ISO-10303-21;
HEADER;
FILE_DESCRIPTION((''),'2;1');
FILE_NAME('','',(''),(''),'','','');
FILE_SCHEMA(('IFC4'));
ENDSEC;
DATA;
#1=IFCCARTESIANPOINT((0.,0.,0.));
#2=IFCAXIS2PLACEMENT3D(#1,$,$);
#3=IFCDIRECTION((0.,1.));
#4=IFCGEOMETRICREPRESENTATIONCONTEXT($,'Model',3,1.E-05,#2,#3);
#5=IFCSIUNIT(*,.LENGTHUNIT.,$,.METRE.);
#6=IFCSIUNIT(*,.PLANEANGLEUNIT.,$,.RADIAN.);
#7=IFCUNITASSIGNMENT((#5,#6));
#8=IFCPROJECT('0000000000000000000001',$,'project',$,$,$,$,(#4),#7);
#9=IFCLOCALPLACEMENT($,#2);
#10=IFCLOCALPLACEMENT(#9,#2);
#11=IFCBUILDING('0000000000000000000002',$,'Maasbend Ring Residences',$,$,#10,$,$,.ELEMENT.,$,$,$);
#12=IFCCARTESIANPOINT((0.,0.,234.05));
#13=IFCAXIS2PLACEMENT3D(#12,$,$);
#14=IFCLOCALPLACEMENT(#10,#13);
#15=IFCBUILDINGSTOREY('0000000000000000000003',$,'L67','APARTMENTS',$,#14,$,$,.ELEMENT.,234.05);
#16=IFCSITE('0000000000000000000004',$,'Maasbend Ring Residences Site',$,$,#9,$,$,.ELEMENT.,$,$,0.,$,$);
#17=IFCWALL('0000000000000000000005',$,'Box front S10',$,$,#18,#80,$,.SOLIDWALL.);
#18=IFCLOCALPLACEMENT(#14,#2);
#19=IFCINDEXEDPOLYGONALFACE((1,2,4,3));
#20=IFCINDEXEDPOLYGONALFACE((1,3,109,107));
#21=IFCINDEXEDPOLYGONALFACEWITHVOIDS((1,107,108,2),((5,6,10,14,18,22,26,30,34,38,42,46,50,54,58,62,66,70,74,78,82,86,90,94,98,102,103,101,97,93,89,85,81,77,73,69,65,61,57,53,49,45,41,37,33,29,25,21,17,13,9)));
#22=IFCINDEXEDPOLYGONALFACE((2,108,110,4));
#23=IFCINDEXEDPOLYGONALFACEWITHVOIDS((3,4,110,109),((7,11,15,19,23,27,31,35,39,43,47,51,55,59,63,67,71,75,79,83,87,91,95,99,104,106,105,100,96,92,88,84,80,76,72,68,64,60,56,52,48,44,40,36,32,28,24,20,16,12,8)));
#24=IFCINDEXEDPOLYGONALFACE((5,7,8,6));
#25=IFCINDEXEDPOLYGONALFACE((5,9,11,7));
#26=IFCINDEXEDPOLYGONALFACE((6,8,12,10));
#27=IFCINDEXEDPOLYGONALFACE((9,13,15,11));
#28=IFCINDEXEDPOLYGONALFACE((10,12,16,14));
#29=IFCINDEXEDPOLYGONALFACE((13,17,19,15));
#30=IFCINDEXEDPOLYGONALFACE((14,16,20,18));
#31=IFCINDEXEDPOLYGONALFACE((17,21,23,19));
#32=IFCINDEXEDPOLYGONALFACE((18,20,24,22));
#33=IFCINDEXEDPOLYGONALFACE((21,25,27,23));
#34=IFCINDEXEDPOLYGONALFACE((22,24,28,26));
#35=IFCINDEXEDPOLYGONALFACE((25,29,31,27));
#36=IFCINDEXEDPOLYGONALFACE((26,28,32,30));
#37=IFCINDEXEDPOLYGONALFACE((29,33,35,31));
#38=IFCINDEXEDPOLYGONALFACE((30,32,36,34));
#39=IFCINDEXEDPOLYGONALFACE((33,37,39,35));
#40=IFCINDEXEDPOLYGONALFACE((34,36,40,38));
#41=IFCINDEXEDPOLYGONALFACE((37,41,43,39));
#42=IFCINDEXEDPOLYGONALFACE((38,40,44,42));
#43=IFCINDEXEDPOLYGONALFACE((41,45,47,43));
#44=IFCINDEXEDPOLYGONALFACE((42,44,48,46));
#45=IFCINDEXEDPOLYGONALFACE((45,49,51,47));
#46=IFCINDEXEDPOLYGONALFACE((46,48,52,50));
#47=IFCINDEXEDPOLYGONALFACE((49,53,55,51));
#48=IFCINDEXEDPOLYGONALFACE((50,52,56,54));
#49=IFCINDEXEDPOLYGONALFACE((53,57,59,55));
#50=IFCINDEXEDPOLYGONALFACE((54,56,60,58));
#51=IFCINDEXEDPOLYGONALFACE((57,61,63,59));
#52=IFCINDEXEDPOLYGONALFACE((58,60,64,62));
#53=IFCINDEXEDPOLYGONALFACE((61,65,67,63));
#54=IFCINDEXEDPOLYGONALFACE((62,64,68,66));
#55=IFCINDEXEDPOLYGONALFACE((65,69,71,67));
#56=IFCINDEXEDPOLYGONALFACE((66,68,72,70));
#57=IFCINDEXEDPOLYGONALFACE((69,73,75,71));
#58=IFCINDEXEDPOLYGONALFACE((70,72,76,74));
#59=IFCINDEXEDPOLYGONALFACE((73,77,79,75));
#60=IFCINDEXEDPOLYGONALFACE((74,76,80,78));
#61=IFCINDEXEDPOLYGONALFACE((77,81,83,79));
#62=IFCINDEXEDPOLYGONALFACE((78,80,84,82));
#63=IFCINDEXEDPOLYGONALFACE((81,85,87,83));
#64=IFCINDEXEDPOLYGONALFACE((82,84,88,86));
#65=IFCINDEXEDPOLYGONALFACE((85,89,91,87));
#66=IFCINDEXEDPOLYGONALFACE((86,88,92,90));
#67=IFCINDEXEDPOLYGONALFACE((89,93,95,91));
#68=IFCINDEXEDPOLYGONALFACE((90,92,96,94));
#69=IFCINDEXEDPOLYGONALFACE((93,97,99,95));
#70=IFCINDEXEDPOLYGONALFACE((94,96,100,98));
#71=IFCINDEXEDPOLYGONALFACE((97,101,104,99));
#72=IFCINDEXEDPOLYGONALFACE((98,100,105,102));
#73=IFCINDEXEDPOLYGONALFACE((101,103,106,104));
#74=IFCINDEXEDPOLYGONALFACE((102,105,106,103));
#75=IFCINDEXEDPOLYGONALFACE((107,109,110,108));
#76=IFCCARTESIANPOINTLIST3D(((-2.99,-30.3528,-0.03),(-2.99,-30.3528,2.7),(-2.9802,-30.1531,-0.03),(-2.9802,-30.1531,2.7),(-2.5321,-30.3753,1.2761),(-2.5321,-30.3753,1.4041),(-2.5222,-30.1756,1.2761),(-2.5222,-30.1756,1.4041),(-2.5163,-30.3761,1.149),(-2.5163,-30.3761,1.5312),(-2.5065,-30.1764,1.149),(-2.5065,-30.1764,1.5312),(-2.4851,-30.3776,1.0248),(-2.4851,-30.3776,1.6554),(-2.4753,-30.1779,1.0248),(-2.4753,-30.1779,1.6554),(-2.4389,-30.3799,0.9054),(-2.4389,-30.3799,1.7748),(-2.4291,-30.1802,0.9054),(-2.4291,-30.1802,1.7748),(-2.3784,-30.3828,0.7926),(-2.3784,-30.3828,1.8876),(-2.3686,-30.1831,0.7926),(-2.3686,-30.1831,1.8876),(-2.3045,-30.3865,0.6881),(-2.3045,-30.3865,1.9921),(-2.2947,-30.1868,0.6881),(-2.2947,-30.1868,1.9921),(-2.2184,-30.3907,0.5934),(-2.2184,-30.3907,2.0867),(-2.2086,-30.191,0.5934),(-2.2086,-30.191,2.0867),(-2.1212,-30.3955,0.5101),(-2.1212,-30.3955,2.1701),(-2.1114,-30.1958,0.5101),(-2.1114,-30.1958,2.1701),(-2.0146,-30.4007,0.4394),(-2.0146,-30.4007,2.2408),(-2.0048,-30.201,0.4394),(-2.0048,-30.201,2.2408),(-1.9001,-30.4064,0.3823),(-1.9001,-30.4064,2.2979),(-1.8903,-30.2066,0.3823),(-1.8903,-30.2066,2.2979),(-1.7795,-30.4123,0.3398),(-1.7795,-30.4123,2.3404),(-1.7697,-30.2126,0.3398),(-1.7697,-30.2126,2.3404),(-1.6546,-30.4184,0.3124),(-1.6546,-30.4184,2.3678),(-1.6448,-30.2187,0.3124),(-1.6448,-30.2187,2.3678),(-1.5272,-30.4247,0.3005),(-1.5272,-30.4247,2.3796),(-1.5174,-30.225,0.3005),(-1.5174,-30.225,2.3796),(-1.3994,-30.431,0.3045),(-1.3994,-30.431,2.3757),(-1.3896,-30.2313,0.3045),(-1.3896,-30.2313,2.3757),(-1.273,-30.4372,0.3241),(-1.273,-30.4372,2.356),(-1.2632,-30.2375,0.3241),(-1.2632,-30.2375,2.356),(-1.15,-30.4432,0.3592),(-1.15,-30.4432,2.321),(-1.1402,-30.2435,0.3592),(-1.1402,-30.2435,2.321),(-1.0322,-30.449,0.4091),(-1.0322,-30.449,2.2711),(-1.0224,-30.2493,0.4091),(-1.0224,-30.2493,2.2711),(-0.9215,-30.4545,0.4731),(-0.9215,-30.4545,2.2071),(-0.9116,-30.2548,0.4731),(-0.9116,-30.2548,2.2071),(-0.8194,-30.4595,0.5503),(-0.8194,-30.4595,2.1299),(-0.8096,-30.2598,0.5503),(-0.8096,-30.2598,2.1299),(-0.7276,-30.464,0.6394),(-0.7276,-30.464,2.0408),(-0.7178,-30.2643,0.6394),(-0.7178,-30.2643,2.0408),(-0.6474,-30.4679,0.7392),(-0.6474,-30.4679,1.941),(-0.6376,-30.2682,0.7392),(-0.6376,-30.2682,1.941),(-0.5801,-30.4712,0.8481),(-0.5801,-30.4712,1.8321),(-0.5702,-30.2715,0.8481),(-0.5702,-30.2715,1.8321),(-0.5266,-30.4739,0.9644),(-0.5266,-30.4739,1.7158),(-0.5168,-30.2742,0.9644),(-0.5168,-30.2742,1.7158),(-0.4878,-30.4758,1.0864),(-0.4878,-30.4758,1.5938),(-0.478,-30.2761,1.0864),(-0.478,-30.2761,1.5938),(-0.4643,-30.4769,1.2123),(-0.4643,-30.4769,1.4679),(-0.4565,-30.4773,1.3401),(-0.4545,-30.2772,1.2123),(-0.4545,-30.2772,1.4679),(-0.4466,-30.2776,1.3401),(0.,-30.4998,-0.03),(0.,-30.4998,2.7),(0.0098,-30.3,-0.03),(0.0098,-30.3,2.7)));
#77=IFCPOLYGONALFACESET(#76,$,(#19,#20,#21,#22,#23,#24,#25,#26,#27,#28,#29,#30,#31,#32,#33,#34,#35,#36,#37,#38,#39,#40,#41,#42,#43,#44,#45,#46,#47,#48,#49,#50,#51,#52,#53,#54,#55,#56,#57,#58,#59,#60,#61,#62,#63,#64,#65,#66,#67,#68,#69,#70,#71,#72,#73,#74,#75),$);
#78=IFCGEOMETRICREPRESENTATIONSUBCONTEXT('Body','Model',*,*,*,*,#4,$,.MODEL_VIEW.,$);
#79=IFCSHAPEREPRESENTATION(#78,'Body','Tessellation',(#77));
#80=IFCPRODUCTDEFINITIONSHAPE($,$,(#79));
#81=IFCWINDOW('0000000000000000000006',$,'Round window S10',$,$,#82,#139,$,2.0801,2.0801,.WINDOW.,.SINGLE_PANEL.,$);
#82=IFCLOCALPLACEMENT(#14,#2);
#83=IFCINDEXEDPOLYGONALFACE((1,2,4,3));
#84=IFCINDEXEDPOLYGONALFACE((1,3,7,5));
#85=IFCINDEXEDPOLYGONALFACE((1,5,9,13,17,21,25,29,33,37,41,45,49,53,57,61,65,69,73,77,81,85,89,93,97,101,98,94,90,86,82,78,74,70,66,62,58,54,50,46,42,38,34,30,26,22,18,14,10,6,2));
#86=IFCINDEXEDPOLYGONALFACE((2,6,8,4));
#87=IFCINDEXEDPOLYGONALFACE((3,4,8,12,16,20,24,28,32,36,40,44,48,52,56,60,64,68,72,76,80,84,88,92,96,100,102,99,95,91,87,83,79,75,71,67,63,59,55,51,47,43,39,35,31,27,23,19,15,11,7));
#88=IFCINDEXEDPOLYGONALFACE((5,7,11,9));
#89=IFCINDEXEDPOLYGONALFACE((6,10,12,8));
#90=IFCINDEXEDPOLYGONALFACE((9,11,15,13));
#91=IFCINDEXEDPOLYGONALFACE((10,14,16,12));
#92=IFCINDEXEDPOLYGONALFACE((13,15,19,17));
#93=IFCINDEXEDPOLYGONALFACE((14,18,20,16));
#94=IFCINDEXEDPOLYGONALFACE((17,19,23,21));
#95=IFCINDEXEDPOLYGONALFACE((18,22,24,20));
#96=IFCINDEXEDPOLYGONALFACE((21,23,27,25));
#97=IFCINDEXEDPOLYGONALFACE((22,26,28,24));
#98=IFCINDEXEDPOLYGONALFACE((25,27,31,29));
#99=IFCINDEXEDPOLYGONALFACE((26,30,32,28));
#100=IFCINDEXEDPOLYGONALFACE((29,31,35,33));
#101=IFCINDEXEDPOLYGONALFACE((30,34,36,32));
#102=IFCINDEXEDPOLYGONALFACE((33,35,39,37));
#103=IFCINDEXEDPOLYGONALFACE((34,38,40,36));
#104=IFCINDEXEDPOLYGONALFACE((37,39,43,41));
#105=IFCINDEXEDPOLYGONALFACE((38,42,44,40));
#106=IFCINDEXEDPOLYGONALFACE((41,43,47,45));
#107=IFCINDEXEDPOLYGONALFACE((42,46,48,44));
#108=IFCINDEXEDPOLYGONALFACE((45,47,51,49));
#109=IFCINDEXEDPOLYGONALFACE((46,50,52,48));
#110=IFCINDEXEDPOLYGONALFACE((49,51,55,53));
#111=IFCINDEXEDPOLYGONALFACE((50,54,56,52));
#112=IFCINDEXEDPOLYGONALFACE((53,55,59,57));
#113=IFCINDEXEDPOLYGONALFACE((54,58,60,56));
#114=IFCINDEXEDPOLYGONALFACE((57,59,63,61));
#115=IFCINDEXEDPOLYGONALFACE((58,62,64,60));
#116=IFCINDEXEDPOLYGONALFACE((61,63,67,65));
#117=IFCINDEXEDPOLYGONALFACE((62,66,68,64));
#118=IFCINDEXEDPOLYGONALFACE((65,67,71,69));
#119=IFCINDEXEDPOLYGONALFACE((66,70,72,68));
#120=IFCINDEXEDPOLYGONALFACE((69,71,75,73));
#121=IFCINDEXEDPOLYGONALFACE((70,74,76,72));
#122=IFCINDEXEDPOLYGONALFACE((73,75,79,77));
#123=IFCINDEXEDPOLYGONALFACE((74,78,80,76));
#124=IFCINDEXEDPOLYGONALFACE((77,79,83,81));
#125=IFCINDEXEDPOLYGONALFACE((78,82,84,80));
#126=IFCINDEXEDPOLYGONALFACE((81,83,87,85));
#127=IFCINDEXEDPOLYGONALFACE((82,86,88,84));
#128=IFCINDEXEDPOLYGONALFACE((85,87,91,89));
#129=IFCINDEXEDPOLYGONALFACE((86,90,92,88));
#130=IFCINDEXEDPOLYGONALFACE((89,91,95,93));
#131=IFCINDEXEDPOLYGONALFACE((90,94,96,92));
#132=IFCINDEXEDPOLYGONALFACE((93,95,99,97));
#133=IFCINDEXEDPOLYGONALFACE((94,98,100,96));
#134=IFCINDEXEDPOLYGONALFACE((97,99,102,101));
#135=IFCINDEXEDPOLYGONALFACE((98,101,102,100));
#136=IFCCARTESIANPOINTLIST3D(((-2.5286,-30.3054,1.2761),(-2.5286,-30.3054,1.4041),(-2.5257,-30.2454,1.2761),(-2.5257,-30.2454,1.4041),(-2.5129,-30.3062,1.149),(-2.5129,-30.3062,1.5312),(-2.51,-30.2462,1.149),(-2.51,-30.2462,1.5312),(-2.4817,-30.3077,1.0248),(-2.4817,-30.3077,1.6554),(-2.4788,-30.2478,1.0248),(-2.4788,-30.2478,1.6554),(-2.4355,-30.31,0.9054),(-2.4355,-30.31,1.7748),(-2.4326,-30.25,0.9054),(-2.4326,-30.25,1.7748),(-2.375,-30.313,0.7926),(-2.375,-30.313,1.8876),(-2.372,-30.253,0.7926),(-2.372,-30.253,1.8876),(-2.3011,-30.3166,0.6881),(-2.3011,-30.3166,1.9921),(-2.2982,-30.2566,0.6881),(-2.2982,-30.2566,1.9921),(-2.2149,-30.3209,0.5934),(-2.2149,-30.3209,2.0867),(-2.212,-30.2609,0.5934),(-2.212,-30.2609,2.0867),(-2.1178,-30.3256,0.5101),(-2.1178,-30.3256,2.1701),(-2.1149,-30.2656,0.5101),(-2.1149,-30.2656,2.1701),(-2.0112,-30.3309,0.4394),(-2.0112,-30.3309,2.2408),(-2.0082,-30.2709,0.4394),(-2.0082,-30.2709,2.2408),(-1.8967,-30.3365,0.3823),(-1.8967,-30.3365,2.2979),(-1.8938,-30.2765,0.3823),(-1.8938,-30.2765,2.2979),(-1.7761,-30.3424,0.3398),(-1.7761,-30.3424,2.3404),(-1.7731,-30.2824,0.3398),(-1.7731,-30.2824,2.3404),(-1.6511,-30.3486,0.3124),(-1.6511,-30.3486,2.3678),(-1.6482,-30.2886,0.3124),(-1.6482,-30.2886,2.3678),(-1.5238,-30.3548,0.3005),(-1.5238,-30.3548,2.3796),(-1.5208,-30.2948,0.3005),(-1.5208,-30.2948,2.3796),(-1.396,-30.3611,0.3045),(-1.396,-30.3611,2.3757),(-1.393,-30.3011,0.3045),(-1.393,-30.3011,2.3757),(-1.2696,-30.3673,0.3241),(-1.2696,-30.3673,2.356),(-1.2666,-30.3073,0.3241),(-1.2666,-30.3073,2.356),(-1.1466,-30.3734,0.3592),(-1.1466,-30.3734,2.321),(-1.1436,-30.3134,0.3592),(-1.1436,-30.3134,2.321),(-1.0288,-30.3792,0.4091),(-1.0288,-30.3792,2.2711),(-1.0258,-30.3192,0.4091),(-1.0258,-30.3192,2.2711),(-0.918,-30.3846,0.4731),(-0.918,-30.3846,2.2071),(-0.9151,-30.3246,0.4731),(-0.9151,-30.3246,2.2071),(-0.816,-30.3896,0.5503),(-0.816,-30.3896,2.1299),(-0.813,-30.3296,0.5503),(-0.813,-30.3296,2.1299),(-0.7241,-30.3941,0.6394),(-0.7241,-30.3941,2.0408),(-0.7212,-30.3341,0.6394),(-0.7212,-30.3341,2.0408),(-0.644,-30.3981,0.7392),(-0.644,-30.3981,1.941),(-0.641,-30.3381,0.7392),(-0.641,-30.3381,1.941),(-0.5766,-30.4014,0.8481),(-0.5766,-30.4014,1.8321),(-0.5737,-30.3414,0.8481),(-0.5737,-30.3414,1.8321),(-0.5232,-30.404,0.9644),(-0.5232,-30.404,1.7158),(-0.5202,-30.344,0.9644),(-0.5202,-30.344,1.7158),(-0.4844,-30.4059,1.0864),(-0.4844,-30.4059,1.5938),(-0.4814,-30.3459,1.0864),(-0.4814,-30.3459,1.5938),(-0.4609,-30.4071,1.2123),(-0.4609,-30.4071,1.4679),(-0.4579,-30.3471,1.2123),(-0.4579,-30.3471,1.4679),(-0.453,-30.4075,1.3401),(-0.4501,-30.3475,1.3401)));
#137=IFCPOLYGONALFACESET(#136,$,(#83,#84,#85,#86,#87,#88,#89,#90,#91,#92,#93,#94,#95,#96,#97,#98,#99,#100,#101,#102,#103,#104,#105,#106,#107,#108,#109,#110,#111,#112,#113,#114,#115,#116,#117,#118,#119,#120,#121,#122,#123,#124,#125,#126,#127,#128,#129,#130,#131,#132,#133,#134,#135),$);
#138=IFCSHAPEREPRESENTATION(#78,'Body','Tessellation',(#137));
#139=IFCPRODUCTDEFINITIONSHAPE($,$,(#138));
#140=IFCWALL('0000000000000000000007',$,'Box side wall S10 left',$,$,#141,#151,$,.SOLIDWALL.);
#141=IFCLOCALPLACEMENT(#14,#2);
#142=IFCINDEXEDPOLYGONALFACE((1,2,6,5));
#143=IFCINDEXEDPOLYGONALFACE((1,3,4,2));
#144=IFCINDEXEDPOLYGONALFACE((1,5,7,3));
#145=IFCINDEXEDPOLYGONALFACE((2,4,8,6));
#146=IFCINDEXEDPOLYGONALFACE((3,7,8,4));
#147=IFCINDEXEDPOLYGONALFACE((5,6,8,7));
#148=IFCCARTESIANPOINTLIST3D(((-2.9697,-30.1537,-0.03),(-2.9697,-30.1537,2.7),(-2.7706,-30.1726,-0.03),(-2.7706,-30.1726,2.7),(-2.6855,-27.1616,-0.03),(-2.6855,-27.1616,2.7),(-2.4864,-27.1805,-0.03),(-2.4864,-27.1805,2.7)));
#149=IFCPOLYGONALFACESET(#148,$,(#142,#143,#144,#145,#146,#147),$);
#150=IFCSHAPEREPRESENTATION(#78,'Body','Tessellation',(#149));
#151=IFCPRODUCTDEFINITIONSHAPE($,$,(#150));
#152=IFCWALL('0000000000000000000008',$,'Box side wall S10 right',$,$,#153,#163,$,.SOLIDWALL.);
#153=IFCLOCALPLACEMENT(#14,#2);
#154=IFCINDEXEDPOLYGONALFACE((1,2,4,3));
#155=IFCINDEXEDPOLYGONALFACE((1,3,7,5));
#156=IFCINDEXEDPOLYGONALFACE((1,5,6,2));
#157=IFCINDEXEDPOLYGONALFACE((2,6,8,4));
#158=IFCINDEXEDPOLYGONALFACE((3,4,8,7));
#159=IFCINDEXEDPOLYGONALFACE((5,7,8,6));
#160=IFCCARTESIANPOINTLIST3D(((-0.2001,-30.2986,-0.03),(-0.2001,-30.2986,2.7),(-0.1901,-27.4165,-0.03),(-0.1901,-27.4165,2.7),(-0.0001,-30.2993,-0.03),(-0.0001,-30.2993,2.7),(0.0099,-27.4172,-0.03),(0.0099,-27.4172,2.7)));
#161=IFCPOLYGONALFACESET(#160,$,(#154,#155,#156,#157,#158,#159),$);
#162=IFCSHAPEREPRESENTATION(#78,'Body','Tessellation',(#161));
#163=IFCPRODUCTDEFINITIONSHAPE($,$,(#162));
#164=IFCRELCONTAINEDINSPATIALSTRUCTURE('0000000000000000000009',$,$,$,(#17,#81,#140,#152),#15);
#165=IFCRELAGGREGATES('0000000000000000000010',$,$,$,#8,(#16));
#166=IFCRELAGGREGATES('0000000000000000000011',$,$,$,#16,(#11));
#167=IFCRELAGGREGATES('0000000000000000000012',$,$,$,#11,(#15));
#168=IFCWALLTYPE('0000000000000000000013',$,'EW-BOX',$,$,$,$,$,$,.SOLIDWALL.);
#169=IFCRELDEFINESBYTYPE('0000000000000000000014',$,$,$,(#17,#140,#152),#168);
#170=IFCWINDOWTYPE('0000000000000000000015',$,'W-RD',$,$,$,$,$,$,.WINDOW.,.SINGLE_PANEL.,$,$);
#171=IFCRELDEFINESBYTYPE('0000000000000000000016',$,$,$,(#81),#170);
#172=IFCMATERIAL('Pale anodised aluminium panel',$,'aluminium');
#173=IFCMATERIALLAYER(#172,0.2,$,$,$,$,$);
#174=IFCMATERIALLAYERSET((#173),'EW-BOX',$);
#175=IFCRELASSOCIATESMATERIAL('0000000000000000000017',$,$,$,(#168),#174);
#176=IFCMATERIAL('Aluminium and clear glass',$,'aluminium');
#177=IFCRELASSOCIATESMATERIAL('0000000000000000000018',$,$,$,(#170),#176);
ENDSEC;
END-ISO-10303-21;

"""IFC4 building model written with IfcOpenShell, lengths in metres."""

from ifc_helpers import new_model, si_unit, direction, frame, frame_2d, origin, place, context, subcontext, project, spatial, rectangle, circle, extrude, material, layer, layer_set, type_object, element, fill, save


model = new_model("IFC4")

# Units and contexts
model_context = context("Model", 3, precision=1e-05, world=origin(), true_north=direction((0.0, 1.0)))
body_context = subcontext(model_context, "Body", "Model", "MODEL_VIEW")
ifc_project = project(units=[si_unit("LENGTHUNIT", "METRE"), si_unit("PLANEANGLEUNIT", "RADIAN")], contexts=[model_context])

# Site, building, storey
site_placement = place(None, origin())
site = spatial("IfcSite", under=ifc_project, at=site_placement, Name="Maasbend Ring Residences Site", CompositionType="ELEMENT", RefElevation=0.0)
building_placement = place(site_placement, origin())
building = spatial("IfcBuilding", under=site, at=building_placement, Name="Maasbend Ring Residences", CompositionType="ELEMENT")
storey_placement = place(building_placement, frame((0.0, 0.0, 234.05)))
storey = spatial("IfcBuildingStorey", under=building, at=storey_placement, Name="L67", Description="APARTMENTS", CompositionType="ELEMENT", Elevation=234.05)

# Shared definitions
ifc_material_1 = material(Name="Pale anodised aluminium panel", Category="aluminium")
ifc_layer_1 = layer(ifc_material_1, 0.2)
ifc_layer_set_1 = layer_set([ifc_layer_1], Name="EW-BOX")
wall_type_1 = type_object("IfcWallType", Name="EW-BOX", PredefinedType="SOLIDWALL", material=ifc_layer_set_1)
ifc_material_2 = material(Name="Aluminium and clear glass", Category="aluminium")
window_type_1 = type_object("IfcWindowType", Name="W-RD", PartitioningType="SINGLE_PANEL", PredefinedType="WINDOW", material=ifc_material_2)

# Wall, opening, window
wall_1_placement = place(storey_placement, frame((-2.9851, -30.2529, -0.03), z_axis=(0.0, 0.0, 1.0), x_axis=(0.998794, -0.049096, 0.0)))
wall_1 = element("IfcWall", 1, at=wall_1_placement, inside=storey, type_object=wall_type_1, Name="Box front S10", PredefinedType="SOLIDWALL", context=body_context, shape_type="SweptSolid", body=[
    extrude(rectangle(XDim=2.9937, YDim=0.2, at=frame_2d((1.4968, 0.0))), origin(), (0.0, 0.0, 1.0), 2.73),
])
opening_1_placement = place(wall_1_placement, frame((0.4565, 0.0, 0.3301)))
opening_1 = element("IfcOpeningElement", 2, at=opening_1_placement, cuts=wall_1, PredefinedType="OPENING", context=body_context, shape_type="SweptSolid", body=[
    extrude(circle(Radius=1.04, at=frame_2d((1.04, 1.04))), frame((0.0, 0.1099, 0.0), z_axis=(0.0, -1.0, 0.0), x_axis=(1.0, 0.0, 0.0)), (0.0, 0.0, 1.0), 0.22),
])
window_1_placement = place(opening_1_placement, origin())
window_1 = element("IfcWindow", 3, at=window_1_placement, inside=storey, type_object=window_type_1, Name="Round window S10", OverallHeight=2.0801, OverallWidth=2.0801, PartitioningType="SINGLE_PANEL", PredefinedType="WINDOW", context=body_context, shape_type="SweptSolid", body=[
    extrude(circle(Radius=1.04, at=frame_2d((1.04, 1.04))), frame((0.0, 0.03, 0.0), z_axis=(0.0, -1.0, 0.0), x_axis=(1.0, 0.0, 0.0)), (0.0, 0.0, 1.0), 0.0601),
])
fill(opening_1, window_1)

# Walls
wall_2_placement = place(storey_placement, frame((-2.5859, -27.1709, -0.03), z_axis=(0.0, 0.0, 1.0), x_axis=(-0.094548, -0.99552, 0.0)))
element("IfcWall", 4, at=wall_2_placement, inside=storey, type_object=wall_type_1, Name="Box side wall S10 left", PredefinedType="SOLIDWALL", context=body_context, shape_type="SweptSolid", body=[
    extrude(rectangle(XDim=3.0056, YDim=0.2, at=frame_2d((1.5029, 0.0))), origin(), (0.0, 0.0, 1.0), 2.73),
])
wall_3_placement = place(storey_placement, frame((-0.0901, -27.417, -0.03), z_axis=(0.0, 0.0, 1.0), x_axis=(-0.003473, -0.999994, 0.0)))
element("IfcWall", 5, at=wall_3_placement, inside=storey, type_object=wall_type_1, Name="Box side wall S10 right", PredefinedType="SOLIDWALL", context=body_context, shape_type="SweptSolid", body=[
    extrude(rectangle(XDim=2.8821, YDim=0.2, at=frame_2d((1.4409, 0.0))), origin(), (0.0, 0.0, 1.0), 2.73),
])

save(model, "model.ifc")
